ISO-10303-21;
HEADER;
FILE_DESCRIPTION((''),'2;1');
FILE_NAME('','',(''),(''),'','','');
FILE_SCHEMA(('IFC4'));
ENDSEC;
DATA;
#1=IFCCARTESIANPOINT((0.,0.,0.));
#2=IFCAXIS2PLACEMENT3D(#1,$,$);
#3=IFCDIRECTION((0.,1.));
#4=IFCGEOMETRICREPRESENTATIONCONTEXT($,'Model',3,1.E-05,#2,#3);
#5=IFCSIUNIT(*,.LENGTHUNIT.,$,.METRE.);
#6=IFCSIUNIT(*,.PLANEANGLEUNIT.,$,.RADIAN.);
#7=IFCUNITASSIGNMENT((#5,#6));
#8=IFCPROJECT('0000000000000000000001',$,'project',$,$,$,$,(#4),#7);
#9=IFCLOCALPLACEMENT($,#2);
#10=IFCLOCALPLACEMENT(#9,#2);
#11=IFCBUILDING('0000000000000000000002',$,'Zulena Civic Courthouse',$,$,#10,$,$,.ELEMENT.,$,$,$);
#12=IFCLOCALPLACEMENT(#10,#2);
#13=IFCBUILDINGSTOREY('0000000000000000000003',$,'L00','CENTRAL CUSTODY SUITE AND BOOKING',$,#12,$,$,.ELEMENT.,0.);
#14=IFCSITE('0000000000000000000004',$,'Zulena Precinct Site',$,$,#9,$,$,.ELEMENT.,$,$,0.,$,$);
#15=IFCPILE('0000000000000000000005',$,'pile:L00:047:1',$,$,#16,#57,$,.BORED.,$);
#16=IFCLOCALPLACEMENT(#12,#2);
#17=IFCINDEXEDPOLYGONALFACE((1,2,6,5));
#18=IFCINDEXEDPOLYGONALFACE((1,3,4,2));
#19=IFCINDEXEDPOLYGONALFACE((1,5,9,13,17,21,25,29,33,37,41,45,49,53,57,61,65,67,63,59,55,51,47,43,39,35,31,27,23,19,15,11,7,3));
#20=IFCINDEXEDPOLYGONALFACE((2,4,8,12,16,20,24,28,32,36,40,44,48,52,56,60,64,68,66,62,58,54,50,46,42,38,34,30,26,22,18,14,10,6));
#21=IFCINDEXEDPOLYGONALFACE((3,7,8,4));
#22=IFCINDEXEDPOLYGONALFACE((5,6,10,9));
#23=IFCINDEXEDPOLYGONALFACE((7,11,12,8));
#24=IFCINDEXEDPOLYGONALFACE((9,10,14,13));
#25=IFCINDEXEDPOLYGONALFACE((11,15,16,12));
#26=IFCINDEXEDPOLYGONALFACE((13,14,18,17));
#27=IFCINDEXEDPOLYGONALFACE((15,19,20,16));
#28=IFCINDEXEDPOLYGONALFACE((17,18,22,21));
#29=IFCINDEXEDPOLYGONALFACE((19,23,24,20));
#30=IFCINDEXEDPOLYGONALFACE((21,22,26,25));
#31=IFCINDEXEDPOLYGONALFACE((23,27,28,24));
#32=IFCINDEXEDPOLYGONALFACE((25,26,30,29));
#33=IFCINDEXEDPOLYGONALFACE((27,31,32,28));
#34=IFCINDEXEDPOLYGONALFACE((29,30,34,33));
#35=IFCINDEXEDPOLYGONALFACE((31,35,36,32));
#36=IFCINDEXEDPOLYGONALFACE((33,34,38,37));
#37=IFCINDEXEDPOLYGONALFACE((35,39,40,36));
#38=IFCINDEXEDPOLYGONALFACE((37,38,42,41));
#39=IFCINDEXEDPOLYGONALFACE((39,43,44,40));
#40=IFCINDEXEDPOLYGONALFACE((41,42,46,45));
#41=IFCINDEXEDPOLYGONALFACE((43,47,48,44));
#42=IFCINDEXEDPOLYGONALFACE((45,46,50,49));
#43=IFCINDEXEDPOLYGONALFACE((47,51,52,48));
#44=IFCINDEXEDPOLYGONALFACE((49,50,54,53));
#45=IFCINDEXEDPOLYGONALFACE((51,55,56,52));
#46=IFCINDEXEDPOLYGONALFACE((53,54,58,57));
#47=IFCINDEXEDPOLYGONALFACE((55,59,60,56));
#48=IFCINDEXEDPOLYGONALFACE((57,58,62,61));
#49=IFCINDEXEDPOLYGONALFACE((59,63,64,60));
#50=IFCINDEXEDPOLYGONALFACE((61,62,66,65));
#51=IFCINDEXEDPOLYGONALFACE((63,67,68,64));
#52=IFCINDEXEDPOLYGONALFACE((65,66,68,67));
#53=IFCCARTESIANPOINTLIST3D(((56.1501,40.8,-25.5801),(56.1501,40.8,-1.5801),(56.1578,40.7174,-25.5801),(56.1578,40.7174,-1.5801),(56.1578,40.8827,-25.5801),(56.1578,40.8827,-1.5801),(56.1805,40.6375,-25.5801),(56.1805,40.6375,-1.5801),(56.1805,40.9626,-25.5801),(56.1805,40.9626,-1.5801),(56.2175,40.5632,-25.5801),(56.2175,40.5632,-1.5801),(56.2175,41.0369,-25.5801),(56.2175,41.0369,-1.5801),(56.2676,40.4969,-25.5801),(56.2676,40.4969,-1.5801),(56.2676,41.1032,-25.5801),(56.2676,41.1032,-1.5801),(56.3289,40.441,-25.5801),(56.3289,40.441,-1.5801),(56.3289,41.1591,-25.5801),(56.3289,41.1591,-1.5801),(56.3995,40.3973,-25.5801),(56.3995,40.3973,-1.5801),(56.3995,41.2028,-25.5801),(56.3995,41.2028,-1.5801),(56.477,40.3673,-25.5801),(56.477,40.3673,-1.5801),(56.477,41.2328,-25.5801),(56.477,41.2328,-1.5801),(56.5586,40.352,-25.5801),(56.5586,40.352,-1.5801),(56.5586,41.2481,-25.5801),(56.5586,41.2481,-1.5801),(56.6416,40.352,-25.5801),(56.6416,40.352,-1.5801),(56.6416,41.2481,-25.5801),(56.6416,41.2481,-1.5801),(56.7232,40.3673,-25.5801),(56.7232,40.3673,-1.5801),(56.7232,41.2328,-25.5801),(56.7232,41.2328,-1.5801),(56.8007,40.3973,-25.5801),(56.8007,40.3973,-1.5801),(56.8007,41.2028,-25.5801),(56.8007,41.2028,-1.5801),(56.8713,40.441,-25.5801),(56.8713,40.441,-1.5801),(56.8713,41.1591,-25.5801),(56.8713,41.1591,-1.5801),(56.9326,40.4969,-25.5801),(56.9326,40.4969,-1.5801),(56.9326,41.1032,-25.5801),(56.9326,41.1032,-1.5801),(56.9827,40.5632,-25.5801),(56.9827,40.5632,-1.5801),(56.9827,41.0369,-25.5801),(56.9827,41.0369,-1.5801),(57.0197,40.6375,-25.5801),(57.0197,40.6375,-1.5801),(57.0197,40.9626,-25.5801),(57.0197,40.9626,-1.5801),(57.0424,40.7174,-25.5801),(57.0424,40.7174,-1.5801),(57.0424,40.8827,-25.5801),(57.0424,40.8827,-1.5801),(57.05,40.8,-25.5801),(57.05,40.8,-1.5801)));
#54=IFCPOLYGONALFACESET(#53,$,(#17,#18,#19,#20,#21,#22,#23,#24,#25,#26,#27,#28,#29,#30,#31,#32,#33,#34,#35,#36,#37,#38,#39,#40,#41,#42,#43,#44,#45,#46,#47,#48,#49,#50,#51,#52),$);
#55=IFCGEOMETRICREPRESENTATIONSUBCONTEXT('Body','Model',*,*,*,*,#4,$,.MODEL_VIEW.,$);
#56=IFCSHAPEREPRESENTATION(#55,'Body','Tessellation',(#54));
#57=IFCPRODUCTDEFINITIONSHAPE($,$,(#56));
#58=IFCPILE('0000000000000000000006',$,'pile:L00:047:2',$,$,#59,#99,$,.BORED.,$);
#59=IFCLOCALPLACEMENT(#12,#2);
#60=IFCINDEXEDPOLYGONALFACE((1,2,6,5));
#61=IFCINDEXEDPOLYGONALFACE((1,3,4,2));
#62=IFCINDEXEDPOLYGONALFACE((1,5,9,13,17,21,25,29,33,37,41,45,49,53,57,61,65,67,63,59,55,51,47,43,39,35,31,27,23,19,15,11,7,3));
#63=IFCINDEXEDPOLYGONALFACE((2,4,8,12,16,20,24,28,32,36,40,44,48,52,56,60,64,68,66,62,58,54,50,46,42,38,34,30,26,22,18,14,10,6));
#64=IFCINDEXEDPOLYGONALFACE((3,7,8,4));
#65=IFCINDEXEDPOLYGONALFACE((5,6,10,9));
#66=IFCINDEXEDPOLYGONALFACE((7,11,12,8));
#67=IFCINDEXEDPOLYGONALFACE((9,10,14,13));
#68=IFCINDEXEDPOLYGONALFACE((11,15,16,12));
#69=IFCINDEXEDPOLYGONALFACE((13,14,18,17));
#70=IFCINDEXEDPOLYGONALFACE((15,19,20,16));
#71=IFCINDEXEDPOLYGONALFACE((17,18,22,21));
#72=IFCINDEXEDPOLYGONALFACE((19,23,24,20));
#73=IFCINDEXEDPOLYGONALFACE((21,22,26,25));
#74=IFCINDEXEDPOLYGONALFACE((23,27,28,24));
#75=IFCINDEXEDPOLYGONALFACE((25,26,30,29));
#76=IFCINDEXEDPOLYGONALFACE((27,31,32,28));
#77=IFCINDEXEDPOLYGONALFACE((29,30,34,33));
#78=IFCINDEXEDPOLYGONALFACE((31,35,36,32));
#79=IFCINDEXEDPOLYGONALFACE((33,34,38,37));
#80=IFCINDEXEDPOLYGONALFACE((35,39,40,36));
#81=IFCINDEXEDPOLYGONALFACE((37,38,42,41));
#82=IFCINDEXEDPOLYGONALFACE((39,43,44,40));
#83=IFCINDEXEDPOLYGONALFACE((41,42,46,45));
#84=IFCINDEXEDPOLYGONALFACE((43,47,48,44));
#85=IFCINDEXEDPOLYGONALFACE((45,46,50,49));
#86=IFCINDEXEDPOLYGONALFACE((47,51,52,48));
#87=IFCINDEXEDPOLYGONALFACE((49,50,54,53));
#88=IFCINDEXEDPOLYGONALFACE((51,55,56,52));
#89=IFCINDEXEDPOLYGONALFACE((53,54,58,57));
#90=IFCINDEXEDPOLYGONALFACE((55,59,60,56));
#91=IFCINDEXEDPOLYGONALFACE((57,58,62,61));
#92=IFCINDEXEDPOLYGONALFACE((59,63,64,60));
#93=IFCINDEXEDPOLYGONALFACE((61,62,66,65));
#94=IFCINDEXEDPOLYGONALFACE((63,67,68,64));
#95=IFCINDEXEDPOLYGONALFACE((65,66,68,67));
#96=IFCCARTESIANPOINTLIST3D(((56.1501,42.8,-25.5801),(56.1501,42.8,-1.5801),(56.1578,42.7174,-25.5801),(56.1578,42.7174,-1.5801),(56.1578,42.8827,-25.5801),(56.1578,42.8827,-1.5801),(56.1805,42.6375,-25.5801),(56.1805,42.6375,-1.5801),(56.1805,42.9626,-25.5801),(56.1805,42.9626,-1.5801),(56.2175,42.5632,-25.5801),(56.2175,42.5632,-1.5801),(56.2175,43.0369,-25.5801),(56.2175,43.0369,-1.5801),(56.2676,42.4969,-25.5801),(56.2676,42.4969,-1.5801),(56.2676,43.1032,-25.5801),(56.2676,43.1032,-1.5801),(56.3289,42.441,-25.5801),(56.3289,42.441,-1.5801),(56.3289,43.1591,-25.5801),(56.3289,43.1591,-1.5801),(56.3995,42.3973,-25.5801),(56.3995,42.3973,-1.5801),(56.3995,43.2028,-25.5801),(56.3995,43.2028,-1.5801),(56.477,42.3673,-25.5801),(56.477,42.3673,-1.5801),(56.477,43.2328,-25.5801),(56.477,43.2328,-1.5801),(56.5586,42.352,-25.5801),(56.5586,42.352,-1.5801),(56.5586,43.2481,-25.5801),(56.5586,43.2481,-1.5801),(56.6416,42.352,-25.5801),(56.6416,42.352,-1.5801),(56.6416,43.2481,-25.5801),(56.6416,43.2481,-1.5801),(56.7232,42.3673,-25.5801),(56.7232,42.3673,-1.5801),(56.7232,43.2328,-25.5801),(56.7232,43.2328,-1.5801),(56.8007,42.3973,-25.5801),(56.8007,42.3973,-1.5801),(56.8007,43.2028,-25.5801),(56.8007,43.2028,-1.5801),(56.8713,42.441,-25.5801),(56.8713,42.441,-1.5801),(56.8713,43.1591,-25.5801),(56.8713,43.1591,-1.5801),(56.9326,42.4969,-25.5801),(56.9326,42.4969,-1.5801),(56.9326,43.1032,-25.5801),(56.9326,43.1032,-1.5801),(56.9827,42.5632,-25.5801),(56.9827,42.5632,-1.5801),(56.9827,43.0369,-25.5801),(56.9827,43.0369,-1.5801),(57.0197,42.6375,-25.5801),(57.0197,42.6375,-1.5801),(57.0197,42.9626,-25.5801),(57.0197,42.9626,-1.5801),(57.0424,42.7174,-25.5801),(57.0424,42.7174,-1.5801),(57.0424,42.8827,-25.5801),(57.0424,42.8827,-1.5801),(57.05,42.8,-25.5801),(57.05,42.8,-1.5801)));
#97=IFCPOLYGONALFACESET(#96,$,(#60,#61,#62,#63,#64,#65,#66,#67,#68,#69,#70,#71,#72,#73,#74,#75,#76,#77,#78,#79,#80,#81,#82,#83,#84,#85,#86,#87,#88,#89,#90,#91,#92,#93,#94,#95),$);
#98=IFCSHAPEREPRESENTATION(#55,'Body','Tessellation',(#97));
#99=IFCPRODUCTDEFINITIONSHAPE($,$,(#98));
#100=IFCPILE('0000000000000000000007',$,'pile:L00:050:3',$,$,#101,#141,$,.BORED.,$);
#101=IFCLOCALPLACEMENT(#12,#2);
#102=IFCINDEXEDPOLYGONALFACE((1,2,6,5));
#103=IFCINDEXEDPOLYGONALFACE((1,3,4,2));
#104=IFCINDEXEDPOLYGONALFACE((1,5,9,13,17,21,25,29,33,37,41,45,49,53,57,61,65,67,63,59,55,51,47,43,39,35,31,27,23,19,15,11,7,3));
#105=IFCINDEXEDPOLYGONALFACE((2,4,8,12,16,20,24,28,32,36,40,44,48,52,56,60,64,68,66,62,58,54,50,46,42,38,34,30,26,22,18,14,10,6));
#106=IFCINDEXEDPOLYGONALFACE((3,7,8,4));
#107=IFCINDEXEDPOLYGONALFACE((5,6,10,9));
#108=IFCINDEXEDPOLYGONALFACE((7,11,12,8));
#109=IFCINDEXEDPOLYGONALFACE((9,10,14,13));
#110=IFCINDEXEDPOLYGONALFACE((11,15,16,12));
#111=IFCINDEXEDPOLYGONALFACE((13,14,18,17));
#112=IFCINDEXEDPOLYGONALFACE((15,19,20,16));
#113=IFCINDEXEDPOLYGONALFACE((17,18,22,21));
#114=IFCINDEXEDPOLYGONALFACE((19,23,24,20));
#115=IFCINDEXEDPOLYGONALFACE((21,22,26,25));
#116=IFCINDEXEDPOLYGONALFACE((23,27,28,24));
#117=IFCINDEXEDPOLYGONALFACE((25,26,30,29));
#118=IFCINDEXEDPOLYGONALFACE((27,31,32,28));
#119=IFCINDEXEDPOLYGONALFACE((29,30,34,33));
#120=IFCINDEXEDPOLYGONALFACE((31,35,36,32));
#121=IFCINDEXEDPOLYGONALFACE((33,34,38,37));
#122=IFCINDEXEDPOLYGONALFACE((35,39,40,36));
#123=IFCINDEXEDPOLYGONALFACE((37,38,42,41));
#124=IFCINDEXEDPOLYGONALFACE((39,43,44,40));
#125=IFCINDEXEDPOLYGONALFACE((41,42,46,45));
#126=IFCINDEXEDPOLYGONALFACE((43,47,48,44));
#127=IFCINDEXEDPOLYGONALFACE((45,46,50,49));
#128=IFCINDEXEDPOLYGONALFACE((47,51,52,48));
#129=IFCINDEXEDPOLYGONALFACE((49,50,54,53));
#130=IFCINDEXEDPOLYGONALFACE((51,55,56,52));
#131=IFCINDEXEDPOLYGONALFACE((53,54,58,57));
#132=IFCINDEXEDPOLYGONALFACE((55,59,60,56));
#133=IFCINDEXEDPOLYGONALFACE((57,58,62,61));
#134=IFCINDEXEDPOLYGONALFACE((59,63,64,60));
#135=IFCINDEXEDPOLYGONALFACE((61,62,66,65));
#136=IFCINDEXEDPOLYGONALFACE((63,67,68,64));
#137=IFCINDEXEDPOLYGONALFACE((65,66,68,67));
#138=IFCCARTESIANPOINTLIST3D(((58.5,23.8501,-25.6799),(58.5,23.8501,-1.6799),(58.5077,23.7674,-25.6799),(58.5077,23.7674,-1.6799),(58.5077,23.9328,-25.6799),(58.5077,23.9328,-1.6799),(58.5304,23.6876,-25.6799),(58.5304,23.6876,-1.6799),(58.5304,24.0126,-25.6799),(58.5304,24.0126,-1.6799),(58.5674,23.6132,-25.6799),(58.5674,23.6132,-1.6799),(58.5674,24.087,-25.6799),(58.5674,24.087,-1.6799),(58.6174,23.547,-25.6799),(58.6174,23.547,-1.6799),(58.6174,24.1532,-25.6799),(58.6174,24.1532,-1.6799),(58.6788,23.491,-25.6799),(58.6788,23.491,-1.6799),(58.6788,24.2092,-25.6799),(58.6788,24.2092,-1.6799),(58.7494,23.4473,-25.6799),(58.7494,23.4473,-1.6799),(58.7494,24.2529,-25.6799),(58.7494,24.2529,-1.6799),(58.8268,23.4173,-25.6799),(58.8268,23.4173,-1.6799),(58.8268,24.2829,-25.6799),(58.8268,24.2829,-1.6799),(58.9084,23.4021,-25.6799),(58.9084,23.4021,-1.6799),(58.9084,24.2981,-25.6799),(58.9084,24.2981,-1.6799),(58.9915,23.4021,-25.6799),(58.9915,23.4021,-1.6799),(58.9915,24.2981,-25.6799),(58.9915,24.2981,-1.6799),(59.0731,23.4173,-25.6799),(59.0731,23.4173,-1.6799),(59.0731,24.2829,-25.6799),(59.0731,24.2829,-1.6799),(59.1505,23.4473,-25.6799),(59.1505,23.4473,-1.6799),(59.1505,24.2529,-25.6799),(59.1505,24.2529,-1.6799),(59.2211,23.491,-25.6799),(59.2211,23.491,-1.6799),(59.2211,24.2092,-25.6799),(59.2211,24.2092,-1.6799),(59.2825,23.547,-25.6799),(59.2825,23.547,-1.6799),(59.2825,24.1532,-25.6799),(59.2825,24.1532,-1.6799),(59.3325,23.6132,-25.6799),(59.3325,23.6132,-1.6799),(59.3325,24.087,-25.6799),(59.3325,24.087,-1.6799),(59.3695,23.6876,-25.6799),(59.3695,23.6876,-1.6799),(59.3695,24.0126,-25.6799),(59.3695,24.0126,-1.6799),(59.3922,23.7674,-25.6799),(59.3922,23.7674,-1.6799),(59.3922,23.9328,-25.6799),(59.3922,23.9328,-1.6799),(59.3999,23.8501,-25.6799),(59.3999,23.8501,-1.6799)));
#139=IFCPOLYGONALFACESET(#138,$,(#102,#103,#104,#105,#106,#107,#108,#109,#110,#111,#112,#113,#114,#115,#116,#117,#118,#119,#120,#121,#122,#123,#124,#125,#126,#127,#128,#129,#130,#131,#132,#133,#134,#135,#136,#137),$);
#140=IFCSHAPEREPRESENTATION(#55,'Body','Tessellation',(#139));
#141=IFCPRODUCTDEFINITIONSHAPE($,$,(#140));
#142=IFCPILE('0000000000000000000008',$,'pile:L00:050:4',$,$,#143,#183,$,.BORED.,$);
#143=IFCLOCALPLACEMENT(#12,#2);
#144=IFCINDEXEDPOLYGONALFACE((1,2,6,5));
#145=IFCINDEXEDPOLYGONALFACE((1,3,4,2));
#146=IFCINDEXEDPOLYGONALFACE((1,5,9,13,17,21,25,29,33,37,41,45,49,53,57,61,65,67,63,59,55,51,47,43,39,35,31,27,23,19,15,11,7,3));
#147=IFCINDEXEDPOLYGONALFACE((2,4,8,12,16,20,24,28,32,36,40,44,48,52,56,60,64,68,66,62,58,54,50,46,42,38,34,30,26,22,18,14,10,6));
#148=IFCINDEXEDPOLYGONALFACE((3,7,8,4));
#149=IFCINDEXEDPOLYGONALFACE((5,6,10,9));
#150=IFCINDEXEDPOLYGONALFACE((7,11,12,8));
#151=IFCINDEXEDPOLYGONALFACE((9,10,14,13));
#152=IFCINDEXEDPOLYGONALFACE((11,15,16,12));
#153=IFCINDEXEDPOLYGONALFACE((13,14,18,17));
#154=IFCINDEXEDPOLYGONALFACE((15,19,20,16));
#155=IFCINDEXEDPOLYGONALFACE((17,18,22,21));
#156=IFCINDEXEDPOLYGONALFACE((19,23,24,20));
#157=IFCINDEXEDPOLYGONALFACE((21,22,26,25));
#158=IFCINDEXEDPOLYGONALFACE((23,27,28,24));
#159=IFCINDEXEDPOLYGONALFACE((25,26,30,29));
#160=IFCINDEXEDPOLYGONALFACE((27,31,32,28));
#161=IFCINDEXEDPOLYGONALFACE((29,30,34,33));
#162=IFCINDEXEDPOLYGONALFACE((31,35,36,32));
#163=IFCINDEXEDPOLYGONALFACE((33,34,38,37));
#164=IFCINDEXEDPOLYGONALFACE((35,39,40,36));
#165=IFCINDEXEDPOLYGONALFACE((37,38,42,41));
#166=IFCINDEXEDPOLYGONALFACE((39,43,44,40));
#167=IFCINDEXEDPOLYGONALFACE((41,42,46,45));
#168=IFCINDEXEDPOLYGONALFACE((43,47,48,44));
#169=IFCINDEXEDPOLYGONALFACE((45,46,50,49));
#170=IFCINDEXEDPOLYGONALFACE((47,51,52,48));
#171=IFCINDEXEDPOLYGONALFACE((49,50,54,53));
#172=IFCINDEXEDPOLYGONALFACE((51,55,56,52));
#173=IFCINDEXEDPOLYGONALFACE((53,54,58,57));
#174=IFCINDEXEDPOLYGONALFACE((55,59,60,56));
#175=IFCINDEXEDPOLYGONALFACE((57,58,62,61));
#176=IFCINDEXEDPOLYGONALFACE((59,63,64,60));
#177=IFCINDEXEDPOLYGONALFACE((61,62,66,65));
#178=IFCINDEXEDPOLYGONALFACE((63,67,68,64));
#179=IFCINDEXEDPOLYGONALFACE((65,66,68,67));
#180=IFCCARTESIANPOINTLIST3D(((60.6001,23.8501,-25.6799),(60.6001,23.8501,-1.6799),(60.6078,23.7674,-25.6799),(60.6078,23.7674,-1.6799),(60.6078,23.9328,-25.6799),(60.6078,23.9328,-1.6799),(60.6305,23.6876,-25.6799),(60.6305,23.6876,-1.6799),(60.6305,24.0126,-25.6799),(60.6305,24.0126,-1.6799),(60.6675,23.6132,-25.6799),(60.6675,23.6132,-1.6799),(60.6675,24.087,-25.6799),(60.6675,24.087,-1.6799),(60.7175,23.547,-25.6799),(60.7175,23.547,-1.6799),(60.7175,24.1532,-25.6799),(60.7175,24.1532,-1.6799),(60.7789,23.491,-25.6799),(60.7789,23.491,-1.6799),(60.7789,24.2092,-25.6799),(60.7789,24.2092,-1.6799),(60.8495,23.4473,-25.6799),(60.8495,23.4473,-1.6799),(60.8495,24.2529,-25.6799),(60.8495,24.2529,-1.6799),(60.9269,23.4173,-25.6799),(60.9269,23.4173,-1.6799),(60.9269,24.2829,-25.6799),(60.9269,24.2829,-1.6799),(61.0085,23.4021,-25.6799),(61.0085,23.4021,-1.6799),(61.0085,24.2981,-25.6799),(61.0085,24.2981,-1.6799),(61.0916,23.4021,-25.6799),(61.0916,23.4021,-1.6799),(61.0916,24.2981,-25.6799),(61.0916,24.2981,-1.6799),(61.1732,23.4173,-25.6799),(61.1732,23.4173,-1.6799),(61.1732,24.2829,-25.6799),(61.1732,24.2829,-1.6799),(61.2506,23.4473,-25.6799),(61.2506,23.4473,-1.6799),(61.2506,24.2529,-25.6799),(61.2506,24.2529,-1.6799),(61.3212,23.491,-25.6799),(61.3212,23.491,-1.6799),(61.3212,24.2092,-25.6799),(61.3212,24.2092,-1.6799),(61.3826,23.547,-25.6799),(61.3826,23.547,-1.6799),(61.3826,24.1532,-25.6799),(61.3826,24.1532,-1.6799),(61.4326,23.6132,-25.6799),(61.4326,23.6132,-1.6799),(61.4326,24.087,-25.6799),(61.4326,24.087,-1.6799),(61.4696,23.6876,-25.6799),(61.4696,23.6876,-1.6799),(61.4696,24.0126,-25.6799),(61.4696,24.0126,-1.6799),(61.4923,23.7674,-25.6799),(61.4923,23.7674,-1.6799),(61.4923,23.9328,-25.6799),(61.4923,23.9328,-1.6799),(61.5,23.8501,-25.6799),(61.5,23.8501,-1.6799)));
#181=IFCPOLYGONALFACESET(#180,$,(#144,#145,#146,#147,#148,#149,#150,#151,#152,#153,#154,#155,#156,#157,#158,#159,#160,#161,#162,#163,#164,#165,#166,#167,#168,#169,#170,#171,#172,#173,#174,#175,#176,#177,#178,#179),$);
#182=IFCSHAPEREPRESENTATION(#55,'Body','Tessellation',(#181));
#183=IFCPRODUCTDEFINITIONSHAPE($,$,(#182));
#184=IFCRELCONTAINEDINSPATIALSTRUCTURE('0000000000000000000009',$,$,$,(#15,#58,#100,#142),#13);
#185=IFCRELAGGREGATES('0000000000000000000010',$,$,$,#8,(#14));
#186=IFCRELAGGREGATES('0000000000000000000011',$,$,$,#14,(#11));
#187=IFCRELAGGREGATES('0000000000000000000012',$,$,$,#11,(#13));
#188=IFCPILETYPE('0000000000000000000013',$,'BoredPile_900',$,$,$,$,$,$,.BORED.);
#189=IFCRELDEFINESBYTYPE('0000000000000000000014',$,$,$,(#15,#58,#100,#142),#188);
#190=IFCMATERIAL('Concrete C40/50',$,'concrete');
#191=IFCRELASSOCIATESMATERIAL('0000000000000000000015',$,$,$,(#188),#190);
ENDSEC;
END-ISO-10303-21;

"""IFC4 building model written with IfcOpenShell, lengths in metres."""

from ifc_helpers import new_model, si_unit, direction, frame, origin, origin_2d, place, context, subcontext, project, spatial, circle, extrude, material, material_profile, profile_set, type_object, element, save


model = new_model("IFC4")

# Units and contexts
model_context = context("Model", 3, precision=1e-05, world=origin(), true_north=direction((0.0, 1.0)))
body_context = subcontext(model_context, "Body", "Model", "MODEL_VIEW")
ifc_project = project(units=[si_unit("LENGTHUNIT", "METRE"), si_unit("PLANEANGLEUNIT", "RADIAN")], contexts=[model_context])

# Site, building, storey
site_placement = place(None, origin())
site = spatial("IfcSite", under=ifc_project, at=site_placement, Name="Zulena Precinct Site", CompositionType="ELEMENT", RefElevation=0.0)
building_placement = place(site_placement, origin())
building = spatial("IfcBuilding", under=site, at=building_placement, Name="Zulena Civic Courthouse", CompositionType="ELEMENT")
storey_placement = place(building_placement, origin())
storey = spatial("IfcBuildingStorey", under=building, at=storey_placement, Name="L00", Description="CENTRAL CUSTODY SUITE AND BOOKING", CompositionType="ELEMENT", Elevation=0.0)

# Piles
ifc_material_1 = material(Name="Concrete C40/50", Category="concrete")
ifc_material_profile_1 = material_profile(ifc_material_1, circle(Radius=0.45, at=origin_2d()), Name="PILE900")
ifc_profile_set_1 = profile_set([ifc_material_profile_1], Name="Concrete C40/50")
pile_type_1 = type_object("IfcPileType", Name="BoredPile_900", PredefinedType="BORED", material=ifc_profile_set_1)
for number, where, z_axis, x_axis, name in (
    (1, (56.6001, 40.8, -1.5801), (0.0, 0.0, -1.0), (1.0, 0.0, 0.0), "pile:L00:047:1"),
    (2, (56.6001, 42.8, -1.5801), (0.0, 0.0, -1.0), (1.0, 0.0, 0.0), "pile:L00:047:2"),
    (3, (58.95, 23.8501, -1.6799), (0.0, 0.0, -1.0), (1.0, 0.0, 0.0), "pile:L00:050:3"),
    (4, (61.05, 23.8501, -1.6799), (0.0, 0.0, -1.0), (1.0, 0.0, 0.0), "pile:L00:050:4"),
):
    element("IfcPile", number, at=place(storey_placement, frame(where, z_axis=z_axis, x_axis=x_axis)), inside=storey, type_object=pile_type_1, Name=name, PredefinedType="BORED", context=body_context, shape_type="SweptSolid", body=[
        extrude(circle(Radius=0.45, at=origin_2d()), origin(), (0.0, 0.0, 1.0), 24.0),
    ])

save(model, "model.ifc")
